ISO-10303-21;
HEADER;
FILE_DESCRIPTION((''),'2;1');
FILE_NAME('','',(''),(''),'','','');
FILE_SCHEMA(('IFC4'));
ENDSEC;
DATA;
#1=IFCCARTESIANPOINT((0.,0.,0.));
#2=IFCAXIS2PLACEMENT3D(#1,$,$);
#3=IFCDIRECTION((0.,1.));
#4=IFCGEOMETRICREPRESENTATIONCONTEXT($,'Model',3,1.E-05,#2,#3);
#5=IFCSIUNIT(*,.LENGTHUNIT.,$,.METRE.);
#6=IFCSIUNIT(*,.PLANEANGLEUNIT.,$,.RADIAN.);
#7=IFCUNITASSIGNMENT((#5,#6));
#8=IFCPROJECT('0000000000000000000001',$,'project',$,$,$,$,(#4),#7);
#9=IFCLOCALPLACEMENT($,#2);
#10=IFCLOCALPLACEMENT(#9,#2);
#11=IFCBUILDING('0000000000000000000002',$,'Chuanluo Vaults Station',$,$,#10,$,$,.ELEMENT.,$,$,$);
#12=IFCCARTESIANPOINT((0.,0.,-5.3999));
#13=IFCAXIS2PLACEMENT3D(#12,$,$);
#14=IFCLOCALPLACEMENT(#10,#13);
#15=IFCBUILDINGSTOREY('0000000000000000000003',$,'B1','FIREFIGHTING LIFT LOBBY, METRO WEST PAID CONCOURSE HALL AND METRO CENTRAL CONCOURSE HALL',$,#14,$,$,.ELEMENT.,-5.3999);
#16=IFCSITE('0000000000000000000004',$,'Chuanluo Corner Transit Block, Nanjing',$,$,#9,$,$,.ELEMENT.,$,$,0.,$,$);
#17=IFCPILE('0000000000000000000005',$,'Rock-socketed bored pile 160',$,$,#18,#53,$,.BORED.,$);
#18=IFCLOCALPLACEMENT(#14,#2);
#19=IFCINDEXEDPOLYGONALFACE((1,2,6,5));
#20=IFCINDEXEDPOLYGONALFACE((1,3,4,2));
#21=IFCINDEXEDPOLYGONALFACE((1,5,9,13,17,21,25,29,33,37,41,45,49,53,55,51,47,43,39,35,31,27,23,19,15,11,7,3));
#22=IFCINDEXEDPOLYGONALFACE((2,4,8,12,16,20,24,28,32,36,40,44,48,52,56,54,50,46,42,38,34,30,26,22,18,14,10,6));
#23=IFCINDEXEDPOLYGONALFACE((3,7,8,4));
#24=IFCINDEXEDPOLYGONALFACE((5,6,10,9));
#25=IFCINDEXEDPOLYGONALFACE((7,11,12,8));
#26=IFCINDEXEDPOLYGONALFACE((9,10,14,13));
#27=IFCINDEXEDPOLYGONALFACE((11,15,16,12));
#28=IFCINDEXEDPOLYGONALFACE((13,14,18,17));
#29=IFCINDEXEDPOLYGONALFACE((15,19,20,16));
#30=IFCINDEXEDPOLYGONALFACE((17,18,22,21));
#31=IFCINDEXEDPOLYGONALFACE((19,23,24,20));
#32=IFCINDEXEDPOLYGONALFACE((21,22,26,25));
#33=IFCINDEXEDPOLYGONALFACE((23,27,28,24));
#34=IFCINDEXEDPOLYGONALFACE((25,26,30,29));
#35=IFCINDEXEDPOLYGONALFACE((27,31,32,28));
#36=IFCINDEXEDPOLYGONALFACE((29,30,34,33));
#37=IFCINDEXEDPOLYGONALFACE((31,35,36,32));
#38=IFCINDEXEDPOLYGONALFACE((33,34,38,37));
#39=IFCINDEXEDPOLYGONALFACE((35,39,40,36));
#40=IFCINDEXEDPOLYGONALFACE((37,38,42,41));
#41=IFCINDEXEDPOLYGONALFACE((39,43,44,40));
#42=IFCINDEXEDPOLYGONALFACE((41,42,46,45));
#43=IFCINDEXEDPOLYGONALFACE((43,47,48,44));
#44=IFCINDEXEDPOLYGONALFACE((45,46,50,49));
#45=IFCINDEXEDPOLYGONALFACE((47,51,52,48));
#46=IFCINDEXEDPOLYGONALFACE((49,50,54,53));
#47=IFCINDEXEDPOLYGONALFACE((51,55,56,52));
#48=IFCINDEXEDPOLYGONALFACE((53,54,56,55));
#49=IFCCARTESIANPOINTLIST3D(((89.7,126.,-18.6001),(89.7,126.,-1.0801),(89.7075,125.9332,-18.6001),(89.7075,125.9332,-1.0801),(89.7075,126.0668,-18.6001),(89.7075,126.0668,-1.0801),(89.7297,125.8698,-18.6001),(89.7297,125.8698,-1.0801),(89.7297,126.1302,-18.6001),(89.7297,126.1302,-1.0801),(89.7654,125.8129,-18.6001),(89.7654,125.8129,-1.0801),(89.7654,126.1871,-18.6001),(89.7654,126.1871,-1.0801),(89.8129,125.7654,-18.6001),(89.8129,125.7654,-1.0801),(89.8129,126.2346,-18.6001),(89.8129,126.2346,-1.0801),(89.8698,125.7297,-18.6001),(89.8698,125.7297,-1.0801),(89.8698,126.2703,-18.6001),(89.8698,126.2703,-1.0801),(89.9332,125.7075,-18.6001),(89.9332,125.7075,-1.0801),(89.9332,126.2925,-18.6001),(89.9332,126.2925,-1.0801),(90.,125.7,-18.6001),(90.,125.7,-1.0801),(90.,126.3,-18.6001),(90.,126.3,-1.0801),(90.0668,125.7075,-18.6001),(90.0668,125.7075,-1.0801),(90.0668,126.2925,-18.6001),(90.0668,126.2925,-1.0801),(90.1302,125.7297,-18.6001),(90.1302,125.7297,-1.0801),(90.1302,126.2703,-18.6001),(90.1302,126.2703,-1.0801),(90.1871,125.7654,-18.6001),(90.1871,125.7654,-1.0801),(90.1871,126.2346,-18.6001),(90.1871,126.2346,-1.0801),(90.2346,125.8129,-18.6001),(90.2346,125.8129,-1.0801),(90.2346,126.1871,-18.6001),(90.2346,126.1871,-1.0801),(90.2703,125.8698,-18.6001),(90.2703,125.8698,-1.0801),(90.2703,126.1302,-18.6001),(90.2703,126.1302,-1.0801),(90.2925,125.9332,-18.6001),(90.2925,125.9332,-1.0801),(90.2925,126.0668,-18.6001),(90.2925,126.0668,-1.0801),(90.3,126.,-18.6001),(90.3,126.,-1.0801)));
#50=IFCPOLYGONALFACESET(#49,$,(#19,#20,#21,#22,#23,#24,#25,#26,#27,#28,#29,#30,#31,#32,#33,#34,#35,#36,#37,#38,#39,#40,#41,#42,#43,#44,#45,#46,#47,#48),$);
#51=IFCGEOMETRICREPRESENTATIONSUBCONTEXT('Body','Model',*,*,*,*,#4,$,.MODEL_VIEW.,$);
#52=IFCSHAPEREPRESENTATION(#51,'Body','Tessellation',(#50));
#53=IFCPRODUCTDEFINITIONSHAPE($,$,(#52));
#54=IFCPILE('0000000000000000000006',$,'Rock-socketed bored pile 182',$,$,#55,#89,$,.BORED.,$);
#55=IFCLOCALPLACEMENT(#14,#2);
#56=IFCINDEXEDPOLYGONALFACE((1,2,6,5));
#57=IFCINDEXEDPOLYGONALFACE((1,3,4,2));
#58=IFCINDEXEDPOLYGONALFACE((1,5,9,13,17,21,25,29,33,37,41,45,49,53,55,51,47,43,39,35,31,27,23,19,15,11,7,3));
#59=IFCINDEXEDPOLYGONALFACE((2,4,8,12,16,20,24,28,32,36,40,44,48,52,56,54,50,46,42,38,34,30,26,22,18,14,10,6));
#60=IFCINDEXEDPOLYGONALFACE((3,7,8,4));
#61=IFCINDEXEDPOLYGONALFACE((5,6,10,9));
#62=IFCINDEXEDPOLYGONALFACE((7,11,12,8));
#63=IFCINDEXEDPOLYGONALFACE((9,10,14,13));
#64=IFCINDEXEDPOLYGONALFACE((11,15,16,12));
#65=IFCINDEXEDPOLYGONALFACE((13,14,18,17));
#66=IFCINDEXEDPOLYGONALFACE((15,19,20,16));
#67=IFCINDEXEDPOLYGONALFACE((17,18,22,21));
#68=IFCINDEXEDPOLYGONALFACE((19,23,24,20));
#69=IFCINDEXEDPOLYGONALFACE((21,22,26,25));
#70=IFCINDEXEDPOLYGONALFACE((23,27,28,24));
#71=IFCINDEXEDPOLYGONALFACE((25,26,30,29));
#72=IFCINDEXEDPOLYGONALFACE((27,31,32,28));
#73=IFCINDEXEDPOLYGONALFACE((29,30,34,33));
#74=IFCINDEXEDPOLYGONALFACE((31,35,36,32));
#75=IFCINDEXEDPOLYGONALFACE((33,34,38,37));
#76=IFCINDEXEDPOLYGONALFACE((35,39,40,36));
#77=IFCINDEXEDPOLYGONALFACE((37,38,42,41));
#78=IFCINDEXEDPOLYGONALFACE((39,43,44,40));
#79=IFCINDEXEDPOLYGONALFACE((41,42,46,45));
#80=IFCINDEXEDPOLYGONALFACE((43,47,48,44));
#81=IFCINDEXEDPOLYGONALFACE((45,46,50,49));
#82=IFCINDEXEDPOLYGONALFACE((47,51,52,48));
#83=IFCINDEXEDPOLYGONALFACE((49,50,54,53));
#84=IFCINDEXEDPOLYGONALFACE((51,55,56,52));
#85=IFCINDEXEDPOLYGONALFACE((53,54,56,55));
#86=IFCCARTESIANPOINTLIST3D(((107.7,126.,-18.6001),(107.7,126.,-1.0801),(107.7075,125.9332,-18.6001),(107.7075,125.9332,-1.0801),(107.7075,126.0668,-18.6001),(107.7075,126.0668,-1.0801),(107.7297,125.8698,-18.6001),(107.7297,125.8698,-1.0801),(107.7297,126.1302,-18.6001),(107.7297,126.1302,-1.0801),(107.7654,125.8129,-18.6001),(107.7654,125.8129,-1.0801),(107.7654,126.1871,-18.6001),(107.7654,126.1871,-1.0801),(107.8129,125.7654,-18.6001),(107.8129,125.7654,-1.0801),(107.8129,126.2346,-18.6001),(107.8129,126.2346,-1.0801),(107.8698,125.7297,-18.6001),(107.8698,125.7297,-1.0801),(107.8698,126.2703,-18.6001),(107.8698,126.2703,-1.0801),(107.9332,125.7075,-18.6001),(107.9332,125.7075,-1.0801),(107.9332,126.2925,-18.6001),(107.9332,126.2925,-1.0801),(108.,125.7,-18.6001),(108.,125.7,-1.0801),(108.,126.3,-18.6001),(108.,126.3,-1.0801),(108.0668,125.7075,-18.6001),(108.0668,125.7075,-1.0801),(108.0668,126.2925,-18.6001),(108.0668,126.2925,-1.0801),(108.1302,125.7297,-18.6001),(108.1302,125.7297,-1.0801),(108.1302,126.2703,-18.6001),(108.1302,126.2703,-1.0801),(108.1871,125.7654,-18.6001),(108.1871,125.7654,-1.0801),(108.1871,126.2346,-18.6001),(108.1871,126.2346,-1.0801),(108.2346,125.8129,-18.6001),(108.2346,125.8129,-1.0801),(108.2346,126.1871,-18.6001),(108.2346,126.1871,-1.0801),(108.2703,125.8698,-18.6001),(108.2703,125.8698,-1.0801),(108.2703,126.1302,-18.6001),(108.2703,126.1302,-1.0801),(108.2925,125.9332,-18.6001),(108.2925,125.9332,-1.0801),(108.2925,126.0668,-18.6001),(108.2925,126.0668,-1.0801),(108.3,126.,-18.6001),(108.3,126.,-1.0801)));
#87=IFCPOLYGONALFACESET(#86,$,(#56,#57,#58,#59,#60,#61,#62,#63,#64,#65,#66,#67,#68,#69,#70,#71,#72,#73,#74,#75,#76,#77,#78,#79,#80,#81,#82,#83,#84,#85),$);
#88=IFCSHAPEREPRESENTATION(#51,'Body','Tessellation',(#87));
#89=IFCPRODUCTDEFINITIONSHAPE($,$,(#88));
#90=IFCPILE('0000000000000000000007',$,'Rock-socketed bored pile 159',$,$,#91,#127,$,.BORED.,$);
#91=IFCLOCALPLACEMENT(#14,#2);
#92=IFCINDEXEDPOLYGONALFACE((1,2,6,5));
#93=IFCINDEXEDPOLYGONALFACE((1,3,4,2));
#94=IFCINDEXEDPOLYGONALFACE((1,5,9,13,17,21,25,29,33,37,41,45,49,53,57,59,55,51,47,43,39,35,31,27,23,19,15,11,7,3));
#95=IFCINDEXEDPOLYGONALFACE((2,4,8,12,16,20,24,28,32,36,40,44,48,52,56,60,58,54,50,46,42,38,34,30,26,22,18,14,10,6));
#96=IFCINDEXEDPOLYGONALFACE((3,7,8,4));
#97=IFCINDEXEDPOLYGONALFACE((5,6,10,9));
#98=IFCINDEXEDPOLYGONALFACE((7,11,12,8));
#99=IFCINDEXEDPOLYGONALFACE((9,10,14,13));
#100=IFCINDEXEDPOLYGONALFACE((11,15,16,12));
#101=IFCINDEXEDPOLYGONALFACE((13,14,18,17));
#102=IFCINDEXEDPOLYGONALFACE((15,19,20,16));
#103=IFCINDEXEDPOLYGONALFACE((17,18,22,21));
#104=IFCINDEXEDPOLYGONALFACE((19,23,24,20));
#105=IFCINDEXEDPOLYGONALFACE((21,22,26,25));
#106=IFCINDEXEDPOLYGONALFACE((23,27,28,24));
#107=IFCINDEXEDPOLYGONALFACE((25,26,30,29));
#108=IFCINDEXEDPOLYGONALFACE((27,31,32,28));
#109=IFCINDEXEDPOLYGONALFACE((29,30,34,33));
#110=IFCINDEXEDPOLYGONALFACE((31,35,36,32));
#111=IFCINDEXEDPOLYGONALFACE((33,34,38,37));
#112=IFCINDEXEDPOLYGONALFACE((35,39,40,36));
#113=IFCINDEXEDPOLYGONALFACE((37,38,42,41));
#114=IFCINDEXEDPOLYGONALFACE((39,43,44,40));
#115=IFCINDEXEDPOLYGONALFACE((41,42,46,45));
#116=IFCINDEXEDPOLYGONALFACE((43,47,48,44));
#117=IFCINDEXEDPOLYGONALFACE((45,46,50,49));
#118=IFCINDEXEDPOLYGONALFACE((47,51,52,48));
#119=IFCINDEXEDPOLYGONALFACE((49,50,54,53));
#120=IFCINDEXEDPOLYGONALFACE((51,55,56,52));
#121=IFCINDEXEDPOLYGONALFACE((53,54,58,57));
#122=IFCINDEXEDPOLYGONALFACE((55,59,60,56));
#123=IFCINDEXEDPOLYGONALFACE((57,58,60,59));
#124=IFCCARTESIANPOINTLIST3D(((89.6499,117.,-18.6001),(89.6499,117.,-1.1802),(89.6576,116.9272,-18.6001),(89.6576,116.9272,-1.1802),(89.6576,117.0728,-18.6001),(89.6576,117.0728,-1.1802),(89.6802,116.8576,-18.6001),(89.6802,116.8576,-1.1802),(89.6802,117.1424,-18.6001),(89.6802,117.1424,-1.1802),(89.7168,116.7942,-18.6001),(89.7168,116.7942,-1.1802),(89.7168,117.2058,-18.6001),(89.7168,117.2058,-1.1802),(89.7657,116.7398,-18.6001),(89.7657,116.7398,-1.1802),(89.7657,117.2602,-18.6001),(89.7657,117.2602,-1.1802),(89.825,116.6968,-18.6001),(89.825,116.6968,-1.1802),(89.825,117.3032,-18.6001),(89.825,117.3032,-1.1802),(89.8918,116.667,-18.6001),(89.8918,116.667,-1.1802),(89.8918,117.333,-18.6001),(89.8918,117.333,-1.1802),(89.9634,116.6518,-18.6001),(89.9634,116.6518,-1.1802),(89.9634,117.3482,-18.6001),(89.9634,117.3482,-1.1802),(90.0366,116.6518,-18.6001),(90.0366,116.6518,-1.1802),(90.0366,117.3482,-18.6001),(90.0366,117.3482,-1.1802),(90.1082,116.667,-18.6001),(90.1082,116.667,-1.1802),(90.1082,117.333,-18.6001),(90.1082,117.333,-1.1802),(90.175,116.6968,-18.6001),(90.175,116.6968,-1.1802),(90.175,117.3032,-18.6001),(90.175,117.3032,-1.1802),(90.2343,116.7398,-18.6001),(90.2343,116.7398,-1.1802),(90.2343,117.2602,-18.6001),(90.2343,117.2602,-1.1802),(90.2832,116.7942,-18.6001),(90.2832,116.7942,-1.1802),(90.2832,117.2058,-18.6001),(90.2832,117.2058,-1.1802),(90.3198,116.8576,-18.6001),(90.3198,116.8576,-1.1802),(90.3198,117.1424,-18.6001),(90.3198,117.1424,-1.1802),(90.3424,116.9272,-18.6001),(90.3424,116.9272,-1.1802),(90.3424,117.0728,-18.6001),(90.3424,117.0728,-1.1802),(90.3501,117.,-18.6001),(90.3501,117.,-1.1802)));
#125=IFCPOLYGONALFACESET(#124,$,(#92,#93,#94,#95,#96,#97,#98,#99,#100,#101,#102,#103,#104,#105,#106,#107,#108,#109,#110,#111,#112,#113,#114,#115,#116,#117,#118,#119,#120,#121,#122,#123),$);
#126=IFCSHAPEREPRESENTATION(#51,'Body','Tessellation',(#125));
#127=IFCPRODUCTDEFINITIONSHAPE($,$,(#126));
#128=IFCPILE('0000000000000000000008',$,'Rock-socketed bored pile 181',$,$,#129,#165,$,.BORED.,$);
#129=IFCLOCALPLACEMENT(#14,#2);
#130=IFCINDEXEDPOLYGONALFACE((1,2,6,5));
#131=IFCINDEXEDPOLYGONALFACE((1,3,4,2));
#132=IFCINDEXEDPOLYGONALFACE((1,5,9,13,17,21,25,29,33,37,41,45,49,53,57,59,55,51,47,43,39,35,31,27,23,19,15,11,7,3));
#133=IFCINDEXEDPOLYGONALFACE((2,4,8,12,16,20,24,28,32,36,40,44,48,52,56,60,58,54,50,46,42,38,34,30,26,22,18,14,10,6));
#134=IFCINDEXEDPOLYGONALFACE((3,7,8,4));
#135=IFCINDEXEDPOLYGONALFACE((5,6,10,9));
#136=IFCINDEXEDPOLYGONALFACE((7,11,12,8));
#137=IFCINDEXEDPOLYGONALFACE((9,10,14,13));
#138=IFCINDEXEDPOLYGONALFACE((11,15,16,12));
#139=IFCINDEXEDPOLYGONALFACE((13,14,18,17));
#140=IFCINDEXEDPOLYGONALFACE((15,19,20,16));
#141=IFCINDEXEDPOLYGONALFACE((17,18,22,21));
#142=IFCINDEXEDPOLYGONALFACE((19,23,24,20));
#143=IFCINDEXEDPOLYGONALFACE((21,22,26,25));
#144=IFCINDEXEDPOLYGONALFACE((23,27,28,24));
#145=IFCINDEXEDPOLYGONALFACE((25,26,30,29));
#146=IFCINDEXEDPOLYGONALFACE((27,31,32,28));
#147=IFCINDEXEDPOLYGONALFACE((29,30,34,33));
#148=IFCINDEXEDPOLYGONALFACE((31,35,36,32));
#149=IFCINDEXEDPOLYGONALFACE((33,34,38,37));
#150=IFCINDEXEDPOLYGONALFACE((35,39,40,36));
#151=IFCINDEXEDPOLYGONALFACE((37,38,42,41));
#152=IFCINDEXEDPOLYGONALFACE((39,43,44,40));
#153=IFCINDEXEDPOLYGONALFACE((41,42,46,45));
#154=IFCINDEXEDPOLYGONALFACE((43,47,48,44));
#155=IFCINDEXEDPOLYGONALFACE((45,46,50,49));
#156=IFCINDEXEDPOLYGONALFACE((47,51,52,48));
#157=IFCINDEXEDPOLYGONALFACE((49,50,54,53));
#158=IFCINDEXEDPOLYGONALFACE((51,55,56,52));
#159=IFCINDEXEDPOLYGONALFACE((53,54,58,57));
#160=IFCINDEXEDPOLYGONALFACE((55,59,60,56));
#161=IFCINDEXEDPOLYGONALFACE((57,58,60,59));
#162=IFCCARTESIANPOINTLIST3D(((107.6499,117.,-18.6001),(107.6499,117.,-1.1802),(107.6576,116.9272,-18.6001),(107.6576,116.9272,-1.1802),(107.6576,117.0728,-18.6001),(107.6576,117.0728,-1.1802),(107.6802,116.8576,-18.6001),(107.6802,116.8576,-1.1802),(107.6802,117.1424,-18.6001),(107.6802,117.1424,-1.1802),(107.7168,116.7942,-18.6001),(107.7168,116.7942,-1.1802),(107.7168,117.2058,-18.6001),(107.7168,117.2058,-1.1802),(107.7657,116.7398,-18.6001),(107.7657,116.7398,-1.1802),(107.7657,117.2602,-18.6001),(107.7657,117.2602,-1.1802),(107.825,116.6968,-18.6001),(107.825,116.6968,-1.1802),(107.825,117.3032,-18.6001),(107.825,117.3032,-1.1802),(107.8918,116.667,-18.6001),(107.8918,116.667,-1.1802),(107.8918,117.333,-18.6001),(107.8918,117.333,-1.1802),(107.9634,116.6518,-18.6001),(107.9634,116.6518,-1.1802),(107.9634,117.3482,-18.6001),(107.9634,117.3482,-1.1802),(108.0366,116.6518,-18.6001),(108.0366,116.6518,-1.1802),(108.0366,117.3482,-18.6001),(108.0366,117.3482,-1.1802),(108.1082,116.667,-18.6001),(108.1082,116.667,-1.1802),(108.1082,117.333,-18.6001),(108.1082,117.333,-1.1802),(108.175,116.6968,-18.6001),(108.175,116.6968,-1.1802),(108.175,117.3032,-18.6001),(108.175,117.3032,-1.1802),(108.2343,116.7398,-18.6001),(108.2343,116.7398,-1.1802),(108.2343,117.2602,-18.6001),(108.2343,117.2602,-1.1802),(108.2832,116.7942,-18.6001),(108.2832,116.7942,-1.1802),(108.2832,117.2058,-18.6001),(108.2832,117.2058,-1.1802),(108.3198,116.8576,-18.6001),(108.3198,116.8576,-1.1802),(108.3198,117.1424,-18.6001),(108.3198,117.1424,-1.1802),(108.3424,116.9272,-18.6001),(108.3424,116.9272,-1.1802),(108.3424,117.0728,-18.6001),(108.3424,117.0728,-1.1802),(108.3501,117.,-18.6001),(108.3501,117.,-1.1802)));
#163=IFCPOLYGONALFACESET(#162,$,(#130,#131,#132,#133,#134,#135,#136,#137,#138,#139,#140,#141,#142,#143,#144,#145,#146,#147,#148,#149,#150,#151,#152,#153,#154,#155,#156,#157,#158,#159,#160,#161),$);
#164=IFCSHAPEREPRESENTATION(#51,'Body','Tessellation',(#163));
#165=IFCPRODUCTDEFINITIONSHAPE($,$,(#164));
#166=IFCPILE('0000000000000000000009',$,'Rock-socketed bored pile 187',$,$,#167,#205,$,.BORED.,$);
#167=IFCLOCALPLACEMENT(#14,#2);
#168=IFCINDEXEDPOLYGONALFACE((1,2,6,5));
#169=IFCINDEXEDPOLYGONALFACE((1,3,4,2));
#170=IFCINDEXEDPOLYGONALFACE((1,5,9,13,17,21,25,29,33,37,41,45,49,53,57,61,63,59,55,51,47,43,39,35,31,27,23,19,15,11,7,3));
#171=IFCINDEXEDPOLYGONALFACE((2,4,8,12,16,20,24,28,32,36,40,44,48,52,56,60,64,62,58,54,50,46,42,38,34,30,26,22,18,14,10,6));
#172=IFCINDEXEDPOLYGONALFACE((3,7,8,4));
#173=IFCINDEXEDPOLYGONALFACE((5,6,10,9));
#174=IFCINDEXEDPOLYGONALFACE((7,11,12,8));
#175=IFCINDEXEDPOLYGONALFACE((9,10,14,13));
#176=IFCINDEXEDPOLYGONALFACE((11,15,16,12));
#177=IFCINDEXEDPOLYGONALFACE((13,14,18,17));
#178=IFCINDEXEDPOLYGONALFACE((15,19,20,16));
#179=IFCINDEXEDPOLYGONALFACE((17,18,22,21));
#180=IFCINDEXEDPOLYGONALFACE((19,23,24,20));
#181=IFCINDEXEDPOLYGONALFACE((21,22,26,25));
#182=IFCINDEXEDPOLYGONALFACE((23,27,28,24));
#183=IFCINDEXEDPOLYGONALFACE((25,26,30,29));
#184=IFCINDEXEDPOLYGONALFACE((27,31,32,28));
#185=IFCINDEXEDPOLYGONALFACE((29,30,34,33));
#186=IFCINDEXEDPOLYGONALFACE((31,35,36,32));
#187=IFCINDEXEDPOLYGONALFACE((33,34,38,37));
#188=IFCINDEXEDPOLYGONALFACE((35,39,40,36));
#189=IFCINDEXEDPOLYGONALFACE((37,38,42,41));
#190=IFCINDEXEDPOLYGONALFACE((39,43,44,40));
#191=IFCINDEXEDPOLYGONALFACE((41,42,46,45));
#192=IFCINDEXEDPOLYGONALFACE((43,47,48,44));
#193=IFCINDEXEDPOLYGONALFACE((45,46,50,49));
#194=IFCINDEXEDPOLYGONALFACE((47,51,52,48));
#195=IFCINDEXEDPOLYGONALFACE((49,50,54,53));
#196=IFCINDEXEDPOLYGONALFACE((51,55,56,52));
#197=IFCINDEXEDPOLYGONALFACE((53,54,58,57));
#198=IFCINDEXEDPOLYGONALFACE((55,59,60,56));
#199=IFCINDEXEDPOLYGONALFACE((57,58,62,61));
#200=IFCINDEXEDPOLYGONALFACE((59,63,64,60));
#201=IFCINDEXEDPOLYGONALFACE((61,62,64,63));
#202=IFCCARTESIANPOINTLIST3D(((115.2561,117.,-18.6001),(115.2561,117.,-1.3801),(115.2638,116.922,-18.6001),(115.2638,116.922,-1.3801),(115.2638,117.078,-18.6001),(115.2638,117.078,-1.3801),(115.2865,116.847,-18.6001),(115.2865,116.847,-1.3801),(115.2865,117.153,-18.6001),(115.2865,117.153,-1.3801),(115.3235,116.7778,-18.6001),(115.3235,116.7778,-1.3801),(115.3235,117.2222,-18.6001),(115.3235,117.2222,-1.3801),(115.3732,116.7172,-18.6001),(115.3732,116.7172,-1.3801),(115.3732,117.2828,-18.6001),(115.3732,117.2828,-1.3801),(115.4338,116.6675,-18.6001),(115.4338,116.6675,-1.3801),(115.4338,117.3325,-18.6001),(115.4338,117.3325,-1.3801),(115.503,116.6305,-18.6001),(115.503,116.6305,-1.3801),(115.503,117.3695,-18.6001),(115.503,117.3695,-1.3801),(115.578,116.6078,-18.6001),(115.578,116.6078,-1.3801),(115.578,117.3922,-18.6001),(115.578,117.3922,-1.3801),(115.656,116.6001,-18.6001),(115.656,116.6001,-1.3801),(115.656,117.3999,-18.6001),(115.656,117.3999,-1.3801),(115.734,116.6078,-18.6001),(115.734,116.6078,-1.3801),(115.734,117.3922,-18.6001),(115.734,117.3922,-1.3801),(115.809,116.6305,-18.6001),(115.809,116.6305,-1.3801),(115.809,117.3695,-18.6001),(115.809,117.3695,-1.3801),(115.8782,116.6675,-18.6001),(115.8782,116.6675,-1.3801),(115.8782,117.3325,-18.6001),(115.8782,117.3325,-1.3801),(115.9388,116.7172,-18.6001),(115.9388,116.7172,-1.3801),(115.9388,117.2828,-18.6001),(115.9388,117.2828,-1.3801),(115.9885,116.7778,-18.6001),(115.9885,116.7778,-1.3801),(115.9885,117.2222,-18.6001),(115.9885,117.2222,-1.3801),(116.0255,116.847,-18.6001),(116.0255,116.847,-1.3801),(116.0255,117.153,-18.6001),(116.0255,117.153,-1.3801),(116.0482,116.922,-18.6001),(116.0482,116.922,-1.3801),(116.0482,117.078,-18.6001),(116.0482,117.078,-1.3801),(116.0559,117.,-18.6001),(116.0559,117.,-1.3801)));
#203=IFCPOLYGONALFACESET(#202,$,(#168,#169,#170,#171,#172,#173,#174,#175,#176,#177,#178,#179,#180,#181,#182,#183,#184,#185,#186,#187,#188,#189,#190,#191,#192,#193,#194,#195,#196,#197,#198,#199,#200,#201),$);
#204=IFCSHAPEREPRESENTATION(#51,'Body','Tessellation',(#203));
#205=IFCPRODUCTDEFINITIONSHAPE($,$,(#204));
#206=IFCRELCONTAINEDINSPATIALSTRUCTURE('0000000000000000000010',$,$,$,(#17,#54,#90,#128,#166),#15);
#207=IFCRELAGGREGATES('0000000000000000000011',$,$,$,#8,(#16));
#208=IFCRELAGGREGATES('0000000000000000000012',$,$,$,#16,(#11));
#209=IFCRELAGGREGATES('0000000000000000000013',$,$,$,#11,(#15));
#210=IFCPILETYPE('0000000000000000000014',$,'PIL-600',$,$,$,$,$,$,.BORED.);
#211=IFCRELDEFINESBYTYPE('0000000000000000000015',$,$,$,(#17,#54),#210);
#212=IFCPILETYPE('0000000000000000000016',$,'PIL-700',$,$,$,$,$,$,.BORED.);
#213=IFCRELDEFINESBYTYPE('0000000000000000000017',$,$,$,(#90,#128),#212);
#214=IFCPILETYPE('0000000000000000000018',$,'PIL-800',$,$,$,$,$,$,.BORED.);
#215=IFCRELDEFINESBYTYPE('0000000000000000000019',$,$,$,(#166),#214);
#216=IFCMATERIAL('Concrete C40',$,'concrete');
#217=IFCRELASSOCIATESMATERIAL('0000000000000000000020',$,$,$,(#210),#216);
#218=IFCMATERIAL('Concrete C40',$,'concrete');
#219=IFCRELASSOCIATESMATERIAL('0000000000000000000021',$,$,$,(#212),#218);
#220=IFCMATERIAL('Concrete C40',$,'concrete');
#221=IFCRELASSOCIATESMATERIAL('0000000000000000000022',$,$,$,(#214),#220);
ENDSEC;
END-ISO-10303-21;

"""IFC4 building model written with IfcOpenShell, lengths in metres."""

from ifc_helpers import new_model, si_unit, direction, frame, origin, origin_2d, place, context, subcontext, project, spatial, circle, extrude, material, material_profile, profile_set, type_object, element, save


model = new_model("IFC4")

# Units and contexts
model_context = context("Model", 3, precision=1e-05, world=origin(), true_north=direction((0.0, 1.0)))
body_context = subcontext(model_context, "Body", "Model", "MODEL_VIEW")
ifc_project = project(units=[si_unit("LENGTHUNIT", "METRE"), si_unit("PLANEANGLEUNIT", "RADIAN")], contexts=[model_context])

# Site, building, storey
site_placement = place(None, origin())
site = spatial("IfcSite", under=ifc_project, at=site_placement, Name="Chuanluo Corner Transit Block, Nanjing", CompositionType="ELEMENT", RefElevation=0.0)
building_placement = place(site_placement, origin())
building = spatial("IfcBuilding", under=site, at=building_placement, Name="Chuanluo Vaults Station", CompositionType="ELEMENT")
storey_placement = place(building_placement, frame((0.0, 0.0, -5.3999)))
storey = spatial("IfcBuildingStorey", under=building, at=storey_placement, Name="B1", Description="FIREFIGHTING LIFT LOBBY, METRO WEST PAID CONCOURSE HALL AND METRO CENTRAL CONCOURSE HALL", CompositionType="ELEMENT", Elevation=-5.3999)

# Piles
ifc_material_1 = material(Name="Concrete C40", Category="concrete")
ifc_material_profile_1 = material_profile(ifc_material_1, circle(Radius=0.3, at=origin_2d()))
ifc_profile_set_1 = profile_set([ifc_material_profile_1], Name="Concrete C40")
pile_type_1 = type_object("IfcPileType", Name="PIL-600", PredefinedType="BORED", material=ifc_profile_set_1)
for number, where, z_axis, x_axis, name in (
    (1, (90.0, 126.0, -1.0801), (0.0, 0.0, -1.0), (1.0, 0.0, 0.0), "Rock-socketed bored pile 160"),
    (2, (108.0, 126.0, -1.0801), (0.0, 0.0, -1.0), (1.0, 0.0, 0.0), "Rock-socketed bored pile 182"),
):
    element("IfcPile", number, at=place(storey_placement, frame(where, z_axis=z_axis, x_axis=x_axis)), inside=storey, type_object=pile_type_1, Name=name, PredefinedType="BORED", context=body_context, shape_type="SweptSolid", body=[
        extrude(circle(Radius=0.3, at=origin_2d()), origin(), (0.0, 0.0, 1.0), 17.52),
    ])
ifc_material_2 = material(Name="Concrete C40", Category="concrete")
ifc_material_profile_2 = material_profile(ifc_material_2, circle(Radius=0.3501, at=origin_2d()))
ifc_profile_set_2 = profile_set([ifc_material_profile_2], Name="Concrete C40")
pile_type_2 = type_object("IfcPileType", Name="PIL-700", PredefinedType="BORED", material=ifc_profile_set_2)
for number, where, z_axis, x_axis, name in (
    (3, (90.0, 117.0, -1.1802), (0.0, 0.0, -1.0), (1.0, 0.0, 0.0), "Rock-socketed bored pile 159"),
    (4, (108.0, 117.0, -1.1802), (0.0, 0.0, -1.0), (1.0, 0.0, 0.0), "Rock-socketed bored pile 181"),
):
    element("IfcPile", number, at=place(storey_placement, frame(where, z_axis=z_axis, x_axis=x_axis)), inside=storey, type_object=pile_type_2, Name=name, PredefinedType="BORED", context=body_context, shape_type="SweptSolid", body=[
        extrude(circle(Radius=0.3501, at=origin_2d()), origin(), (0.0, 0.0, 1.0), 17.4199),
    ])
ifc_material_3 = material(Name="Concrete C40", Category="concrete")
ifc_material_profile_3 = material_profile(ifc_material_3, circle(Radius=0.3999, at=origin_2d()))
ifc_profile_set_3 = profile_set([ifc_material_profile_3], Name="Concrete C40")
pile_type_3 = type_object("IfcPileType", Name="PIL-800", PredefinedType="BORED", material=ifc_profile_set_3)
pile_1_placement = place(storey_placement, frame((115.656, 117.0, -1.3801), z_axis=(0.0, 0.0, -1.0), x_axis=(1.0, 0.0, 0.0)))
element("IfcPile", 5, at=pile_1_placement, inside=storey, type_object=pile_type_3, Name="Rock-socketed bored pile 187", PredefinedType="BORED", context=body_context, shape_type="SweptSolid", body=[
    extrude(circle(Radius=0.3999, at=origin_2d()), origin(), (0.0, 0.0, 1.0), 17.22),
])

save(model, "model.ifc")
